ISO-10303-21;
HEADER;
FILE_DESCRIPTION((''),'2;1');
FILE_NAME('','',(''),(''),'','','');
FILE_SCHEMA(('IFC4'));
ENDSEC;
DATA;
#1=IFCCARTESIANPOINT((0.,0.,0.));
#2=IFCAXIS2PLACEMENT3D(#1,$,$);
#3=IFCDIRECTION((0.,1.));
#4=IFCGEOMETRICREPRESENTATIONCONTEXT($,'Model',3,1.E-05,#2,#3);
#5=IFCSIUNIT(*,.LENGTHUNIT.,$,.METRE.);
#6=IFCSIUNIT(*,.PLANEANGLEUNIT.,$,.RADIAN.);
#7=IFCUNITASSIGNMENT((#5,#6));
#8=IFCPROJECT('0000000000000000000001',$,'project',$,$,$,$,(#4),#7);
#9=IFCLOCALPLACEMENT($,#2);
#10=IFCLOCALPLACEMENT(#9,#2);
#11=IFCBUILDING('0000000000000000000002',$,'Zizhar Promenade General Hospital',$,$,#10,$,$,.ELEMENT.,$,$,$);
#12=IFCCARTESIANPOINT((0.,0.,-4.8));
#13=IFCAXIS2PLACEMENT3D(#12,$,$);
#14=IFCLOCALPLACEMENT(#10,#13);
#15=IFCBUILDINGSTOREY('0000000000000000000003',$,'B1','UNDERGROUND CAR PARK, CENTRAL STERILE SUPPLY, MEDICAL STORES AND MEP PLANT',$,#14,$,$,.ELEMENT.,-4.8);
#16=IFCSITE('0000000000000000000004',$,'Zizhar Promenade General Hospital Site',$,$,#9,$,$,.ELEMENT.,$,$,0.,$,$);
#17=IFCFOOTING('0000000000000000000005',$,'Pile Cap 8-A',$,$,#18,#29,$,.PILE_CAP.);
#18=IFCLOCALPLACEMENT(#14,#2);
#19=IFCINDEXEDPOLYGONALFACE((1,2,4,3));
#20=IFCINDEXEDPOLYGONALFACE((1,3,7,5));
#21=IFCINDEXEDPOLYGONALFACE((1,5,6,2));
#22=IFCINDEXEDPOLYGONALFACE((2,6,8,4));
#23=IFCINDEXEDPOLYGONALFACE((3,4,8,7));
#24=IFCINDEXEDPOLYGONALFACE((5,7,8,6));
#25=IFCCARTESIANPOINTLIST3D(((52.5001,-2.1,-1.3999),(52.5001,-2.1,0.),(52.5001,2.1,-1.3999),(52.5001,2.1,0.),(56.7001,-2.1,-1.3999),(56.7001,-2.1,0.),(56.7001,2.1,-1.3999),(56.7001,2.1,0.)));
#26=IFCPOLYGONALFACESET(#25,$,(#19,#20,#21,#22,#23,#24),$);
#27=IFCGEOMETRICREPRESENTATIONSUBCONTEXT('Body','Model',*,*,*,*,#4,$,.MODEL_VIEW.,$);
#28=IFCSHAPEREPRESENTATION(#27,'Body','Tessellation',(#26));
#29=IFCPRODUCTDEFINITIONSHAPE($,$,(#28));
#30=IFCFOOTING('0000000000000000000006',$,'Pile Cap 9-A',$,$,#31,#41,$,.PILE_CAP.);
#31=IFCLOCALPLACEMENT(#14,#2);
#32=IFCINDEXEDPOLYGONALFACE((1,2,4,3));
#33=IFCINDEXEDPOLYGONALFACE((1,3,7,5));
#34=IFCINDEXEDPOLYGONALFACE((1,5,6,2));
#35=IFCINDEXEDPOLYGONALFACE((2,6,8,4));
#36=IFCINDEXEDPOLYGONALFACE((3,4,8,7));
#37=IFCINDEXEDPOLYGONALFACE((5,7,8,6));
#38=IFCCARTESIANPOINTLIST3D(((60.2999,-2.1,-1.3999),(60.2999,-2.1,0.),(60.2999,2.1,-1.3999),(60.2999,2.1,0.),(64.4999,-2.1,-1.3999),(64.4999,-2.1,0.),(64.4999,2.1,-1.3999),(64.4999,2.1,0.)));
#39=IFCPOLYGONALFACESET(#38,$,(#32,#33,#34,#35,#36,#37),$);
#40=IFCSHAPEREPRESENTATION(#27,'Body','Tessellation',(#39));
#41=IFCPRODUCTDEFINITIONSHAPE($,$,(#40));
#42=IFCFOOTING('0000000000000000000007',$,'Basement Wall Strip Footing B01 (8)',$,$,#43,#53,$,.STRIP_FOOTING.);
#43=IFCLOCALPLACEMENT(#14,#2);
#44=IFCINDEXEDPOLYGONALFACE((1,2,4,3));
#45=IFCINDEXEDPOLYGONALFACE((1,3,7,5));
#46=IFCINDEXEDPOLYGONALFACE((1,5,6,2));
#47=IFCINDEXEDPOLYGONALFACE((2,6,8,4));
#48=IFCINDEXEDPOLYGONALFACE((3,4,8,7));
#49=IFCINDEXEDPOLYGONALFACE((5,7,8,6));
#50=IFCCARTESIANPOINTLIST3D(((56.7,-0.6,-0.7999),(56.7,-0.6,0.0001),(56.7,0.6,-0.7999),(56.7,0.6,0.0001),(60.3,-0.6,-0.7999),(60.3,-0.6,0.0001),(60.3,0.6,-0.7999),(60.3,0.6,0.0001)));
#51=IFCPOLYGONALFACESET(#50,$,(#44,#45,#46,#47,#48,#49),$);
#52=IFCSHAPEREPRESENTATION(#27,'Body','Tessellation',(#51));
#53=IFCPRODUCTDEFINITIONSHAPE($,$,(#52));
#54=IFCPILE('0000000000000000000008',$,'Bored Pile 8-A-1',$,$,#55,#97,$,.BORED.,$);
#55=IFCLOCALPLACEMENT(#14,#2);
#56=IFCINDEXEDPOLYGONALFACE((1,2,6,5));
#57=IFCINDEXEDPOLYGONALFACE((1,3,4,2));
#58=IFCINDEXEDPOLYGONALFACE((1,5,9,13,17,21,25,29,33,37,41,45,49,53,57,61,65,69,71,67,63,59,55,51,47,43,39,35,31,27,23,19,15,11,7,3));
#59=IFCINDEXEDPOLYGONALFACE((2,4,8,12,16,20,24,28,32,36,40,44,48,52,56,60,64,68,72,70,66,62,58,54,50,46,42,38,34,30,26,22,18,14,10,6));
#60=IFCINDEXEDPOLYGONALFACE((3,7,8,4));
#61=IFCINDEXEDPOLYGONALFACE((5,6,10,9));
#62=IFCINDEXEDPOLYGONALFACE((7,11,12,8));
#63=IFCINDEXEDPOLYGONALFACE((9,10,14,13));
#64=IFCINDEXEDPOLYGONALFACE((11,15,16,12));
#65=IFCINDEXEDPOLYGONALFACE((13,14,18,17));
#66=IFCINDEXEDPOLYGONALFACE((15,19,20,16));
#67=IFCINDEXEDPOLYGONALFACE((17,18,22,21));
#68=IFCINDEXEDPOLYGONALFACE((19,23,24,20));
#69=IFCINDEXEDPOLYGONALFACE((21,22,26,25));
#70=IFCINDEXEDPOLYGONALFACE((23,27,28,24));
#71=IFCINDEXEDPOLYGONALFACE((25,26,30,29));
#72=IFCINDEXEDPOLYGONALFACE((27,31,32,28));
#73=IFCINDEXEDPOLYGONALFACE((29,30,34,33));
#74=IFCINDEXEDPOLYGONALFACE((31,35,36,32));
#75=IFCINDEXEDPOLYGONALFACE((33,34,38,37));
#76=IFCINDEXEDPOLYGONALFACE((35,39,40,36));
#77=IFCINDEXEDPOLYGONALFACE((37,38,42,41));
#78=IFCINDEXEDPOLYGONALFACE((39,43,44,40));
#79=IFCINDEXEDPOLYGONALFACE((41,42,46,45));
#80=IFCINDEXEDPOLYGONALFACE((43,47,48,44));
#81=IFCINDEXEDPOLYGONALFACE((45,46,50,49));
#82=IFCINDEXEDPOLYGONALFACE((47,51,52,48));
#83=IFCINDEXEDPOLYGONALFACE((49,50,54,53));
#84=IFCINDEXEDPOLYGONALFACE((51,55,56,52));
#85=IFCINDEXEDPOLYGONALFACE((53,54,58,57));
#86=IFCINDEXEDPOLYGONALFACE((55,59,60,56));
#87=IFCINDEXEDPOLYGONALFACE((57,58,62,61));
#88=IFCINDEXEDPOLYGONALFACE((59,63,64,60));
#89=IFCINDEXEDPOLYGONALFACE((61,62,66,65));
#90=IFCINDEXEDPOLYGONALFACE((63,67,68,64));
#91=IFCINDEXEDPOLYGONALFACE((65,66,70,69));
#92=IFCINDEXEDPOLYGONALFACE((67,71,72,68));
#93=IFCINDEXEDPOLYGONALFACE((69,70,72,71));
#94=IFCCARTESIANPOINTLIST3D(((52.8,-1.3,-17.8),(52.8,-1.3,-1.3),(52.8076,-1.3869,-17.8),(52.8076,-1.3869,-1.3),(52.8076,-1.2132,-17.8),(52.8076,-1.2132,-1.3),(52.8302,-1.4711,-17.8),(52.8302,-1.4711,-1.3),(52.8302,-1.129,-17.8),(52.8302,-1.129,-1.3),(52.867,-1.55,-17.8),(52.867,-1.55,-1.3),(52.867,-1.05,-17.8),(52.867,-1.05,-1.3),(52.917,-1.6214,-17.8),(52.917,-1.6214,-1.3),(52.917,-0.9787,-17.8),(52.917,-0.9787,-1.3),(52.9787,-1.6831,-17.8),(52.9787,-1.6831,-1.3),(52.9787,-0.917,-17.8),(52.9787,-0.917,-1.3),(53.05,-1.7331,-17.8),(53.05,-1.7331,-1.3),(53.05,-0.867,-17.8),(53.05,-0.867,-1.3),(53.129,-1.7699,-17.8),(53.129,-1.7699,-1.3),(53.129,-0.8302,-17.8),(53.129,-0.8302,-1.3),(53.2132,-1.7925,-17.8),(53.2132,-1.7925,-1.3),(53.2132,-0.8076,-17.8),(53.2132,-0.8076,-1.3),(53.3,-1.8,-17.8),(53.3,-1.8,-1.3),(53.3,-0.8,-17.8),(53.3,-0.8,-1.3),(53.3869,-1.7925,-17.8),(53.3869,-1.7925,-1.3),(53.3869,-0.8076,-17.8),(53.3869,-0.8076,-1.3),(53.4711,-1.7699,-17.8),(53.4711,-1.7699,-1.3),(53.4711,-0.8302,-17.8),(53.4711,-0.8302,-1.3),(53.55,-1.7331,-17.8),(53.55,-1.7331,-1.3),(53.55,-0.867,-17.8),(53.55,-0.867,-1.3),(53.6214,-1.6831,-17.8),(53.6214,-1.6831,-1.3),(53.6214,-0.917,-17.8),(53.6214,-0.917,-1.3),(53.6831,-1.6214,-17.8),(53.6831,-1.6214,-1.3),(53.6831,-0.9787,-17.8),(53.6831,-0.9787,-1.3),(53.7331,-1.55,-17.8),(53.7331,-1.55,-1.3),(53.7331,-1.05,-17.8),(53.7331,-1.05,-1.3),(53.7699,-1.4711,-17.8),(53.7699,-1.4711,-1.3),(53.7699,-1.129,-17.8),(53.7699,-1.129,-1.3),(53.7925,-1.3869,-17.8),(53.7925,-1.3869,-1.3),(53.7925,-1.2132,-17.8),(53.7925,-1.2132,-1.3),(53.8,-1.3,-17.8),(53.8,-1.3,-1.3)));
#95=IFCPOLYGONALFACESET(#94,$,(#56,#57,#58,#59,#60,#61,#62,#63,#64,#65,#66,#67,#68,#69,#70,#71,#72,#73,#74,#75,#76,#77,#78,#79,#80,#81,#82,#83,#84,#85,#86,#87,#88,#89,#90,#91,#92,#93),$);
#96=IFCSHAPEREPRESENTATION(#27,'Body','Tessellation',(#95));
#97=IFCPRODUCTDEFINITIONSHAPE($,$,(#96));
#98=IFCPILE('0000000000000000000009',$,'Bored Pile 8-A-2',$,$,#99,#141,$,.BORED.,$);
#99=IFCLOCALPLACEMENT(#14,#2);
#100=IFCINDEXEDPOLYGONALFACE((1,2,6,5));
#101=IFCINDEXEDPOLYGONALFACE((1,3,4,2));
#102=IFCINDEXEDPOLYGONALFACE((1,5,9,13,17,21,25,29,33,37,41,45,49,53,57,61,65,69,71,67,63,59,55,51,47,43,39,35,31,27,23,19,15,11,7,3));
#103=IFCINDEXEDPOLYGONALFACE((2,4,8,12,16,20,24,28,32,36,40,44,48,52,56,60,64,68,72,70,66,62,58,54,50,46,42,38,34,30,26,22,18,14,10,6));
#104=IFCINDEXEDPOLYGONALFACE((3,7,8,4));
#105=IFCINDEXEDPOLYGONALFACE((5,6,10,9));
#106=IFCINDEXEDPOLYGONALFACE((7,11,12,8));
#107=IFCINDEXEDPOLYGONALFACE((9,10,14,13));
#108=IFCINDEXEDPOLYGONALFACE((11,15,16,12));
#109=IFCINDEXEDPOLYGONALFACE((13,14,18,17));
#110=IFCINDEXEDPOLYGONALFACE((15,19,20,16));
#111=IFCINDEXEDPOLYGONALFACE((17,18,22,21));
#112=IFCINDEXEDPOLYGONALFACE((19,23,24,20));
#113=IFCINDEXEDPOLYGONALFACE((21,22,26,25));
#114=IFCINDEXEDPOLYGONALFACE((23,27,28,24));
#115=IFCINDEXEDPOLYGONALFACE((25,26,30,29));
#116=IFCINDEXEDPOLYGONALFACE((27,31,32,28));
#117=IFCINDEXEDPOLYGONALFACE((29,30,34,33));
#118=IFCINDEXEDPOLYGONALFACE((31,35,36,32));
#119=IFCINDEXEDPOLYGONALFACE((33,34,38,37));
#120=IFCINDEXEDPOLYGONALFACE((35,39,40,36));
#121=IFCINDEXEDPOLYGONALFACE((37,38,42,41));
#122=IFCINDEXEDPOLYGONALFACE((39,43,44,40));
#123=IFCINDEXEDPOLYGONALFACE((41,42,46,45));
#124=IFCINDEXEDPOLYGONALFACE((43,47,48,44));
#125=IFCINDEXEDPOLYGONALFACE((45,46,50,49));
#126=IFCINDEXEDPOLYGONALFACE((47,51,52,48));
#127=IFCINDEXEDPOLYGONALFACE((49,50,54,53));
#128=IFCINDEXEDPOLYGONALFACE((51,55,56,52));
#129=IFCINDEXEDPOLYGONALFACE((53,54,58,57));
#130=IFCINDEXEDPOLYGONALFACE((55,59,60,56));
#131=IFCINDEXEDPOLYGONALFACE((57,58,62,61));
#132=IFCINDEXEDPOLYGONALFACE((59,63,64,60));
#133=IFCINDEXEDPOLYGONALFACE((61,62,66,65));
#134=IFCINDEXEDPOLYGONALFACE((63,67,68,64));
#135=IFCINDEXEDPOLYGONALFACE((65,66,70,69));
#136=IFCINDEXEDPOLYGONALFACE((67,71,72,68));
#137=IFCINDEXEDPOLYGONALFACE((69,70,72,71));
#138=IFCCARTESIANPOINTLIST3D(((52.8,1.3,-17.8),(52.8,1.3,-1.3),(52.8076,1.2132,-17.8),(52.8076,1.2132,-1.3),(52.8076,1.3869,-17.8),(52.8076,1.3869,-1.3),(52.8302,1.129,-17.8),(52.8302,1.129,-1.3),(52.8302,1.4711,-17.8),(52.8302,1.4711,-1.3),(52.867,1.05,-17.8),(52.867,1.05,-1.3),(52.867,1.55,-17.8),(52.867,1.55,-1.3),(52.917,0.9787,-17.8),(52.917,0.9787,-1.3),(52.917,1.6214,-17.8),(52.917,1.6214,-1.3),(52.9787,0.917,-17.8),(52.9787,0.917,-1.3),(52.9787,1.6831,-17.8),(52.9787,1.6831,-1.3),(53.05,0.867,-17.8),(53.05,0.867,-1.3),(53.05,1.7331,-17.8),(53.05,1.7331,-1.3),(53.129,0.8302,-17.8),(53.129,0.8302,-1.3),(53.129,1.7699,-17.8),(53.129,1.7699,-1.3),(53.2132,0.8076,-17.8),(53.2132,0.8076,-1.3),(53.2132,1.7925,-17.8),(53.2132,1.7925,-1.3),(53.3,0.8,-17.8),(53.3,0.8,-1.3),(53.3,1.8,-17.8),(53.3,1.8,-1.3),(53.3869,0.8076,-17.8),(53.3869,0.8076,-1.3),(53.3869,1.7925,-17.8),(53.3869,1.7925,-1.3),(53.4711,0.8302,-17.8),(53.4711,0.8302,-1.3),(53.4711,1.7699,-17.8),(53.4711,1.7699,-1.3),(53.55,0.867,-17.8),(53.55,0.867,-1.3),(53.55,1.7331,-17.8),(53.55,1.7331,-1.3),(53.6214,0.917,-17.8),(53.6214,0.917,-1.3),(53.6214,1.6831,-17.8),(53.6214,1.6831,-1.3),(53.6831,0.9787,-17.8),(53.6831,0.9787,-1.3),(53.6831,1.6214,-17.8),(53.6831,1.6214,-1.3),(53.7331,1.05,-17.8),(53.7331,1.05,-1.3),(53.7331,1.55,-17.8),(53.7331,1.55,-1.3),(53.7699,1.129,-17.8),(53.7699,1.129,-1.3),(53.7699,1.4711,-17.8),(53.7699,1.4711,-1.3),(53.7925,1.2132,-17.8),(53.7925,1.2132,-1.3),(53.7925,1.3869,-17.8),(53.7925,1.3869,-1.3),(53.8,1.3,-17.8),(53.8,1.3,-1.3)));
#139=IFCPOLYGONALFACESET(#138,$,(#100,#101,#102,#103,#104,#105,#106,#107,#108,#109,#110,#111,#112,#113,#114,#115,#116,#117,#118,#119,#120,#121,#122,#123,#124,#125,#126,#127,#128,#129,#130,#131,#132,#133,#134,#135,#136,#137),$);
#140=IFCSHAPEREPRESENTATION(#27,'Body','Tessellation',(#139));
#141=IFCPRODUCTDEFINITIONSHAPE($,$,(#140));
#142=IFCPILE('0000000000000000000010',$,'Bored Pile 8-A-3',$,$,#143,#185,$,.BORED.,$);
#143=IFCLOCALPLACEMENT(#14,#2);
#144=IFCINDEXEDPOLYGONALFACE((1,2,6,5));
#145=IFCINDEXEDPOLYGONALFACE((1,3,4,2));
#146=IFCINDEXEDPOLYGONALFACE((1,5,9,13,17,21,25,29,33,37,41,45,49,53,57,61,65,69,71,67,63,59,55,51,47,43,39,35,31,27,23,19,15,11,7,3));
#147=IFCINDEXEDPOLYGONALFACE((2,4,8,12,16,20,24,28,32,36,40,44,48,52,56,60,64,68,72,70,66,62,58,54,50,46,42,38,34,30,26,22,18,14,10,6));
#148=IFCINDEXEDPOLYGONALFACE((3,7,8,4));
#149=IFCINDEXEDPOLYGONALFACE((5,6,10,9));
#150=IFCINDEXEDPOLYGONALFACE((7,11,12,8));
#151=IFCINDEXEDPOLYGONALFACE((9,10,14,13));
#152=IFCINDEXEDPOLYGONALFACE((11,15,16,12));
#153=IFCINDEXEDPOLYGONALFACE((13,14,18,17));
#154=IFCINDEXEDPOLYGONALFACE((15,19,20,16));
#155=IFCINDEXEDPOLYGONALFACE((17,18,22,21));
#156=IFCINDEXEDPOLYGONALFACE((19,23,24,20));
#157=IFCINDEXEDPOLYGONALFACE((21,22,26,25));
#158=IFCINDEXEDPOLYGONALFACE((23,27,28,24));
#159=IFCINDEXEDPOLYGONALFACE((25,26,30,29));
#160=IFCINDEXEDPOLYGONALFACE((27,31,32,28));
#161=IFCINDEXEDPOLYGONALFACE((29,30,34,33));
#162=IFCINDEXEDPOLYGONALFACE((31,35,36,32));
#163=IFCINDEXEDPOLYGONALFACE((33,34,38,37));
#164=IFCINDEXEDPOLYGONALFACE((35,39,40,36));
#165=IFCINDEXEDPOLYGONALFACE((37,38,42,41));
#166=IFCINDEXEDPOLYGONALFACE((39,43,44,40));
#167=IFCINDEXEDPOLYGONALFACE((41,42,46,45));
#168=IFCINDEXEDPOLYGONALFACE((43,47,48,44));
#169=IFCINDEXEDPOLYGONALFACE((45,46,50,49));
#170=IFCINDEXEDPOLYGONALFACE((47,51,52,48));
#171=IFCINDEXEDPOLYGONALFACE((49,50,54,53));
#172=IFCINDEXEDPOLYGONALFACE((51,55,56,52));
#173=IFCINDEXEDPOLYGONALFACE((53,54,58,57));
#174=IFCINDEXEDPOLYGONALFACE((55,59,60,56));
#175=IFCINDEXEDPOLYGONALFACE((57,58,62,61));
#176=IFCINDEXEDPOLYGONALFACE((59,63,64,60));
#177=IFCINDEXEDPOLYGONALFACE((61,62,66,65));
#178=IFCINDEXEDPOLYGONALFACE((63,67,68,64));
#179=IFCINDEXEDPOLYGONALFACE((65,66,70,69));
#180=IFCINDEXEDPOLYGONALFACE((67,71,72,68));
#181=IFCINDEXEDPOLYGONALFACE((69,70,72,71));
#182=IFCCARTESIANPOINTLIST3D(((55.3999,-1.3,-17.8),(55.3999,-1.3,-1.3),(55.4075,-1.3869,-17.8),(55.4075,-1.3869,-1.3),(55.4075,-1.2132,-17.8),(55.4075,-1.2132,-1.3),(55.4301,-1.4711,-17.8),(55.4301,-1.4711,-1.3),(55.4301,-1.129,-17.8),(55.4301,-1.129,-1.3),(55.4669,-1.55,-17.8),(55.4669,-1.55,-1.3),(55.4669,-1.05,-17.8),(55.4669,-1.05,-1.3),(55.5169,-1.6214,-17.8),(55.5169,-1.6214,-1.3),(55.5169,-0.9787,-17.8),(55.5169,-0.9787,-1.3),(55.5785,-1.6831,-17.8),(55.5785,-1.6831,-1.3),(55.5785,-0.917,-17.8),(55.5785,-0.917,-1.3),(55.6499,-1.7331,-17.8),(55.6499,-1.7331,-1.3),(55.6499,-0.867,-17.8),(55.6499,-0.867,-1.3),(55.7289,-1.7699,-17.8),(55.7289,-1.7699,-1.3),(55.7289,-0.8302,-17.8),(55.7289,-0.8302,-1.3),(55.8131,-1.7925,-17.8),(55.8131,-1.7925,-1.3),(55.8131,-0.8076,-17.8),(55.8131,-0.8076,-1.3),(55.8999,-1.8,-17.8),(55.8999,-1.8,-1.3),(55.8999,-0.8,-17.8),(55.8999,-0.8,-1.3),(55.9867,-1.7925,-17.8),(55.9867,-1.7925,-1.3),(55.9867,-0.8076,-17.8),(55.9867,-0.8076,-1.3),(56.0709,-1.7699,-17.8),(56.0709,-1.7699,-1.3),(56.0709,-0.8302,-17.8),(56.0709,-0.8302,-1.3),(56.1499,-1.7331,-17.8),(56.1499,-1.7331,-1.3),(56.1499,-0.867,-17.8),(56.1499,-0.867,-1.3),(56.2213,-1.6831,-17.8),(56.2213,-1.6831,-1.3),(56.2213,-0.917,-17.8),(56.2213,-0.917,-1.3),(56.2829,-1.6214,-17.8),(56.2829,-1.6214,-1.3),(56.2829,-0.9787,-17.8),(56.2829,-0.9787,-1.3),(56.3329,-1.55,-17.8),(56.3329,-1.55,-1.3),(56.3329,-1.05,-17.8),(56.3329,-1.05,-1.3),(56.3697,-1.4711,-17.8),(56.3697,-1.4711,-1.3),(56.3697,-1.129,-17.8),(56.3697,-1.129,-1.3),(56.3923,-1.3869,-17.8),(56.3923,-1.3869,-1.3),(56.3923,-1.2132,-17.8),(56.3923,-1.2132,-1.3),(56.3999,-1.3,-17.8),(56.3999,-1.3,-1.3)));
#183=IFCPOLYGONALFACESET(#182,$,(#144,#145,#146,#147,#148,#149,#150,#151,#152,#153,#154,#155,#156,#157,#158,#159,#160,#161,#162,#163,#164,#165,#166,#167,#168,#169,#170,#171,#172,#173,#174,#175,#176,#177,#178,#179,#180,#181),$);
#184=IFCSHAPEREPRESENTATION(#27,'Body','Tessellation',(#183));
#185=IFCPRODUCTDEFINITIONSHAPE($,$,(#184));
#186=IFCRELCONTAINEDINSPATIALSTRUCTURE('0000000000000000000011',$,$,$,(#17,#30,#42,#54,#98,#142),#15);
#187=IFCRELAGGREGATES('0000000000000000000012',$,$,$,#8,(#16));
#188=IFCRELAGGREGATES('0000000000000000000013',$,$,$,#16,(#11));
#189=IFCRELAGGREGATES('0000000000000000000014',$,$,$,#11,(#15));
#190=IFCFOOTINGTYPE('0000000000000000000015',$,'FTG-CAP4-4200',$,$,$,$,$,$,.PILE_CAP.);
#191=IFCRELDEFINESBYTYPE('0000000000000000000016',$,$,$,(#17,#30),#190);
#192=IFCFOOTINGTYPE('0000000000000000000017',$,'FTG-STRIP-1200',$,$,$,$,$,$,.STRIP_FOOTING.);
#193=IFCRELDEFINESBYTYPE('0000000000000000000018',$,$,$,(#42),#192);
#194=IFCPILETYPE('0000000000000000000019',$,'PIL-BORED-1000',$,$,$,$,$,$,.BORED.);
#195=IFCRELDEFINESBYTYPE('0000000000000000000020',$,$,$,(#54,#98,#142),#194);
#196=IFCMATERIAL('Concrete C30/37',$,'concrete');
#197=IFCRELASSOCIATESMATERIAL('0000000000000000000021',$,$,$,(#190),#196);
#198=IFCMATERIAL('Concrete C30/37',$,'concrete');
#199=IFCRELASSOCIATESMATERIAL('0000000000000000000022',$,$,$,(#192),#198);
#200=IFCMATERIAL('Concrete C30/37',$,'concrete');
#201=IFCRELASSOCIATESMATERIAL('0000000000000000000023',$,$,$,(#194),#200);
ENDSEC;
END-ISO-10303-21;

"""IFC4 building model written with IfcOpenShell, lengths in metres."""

from ifc_helpers import new_model, si_unit, direction, frame, origin, origin_2d, place, context, subcontext, project, spatial, rectangle, circle, extrude, material, material_profile, profile_set, type_object, element, save


model = new_model("IFC4")

# Units and contexts
model_context = context("Model", 3, precision=1e-05, world=origin(), true_north=direction((0.0, 1.0)))
body_context = subcontext(model_context, "Body", "Model", "MODEL_VIEW")
ifc_project = project(units=[si_unit("LENGTHUNIT", "METRE"), si_unit("PLANEANGLEUNIT", "RADIAN")], contexts=[model_context])

# Site, building, storey
site_placement = place(None, origin())
site = spatial("IfcSite", under=ifc_project, at=site_placement, Name="Zizhar Promenade General Hospital Site", CompositionType="ELEMENT", RefElevation=0.0)
building_placement = place(site_placement, origin())
building = spatial("IfcBuilding", under=site, at=building_placement, Name="Zizhar Promenade General Hospital", CompositionType="ELEMENT")
storey_placement = place(building_placement, frame((0.0, 0.0, -4.8)))
storey = spatial("IfcBuildingStorey", under=building, at=storey_placement, Name="B1", Description="UNDERGROUND CAR PARK, CENTRAL STERILE SUPPLY, MEDICAL STORES AND MEP PLANT", CompositionType="ELEMENT", Elevation=-4.8)

# Footings
ifc_material_1 = material(Name="Concrete C30/37", Category="concrete")
footing_type_1 = type_object("IfcFootingType", Name="FTG-CAP4-4200", PredefinedType="PILE_CAP", material=ifc_material_1)
for number, where, z_axis, x_axis, name in (
    (1, (54.6001, 0.0, -1.3999), (0.0, 0.0, 1.0), (1.0, 0.0, 0.0), "Pile Cap 8-A"),
    (2, (62.3999, 0.0, -1.3999), (0.0, 0.0, 1.0), (1.0, 0.0, 0.0), "Pile Cap 9-A"),
):
    element("IfcFooting", number, at=place(storey_placement, frame(where, z_axis=z_axis, x_axis=x_axis)), inside=storey, type_object=footing_type_1, Name=name, PredefinedType="PILE_CAP", context=body_context, shape_type="SweptSolid", body=[
        extrude(rectangle(XDim=4.2, YDim=4.2, at=origin_2d()), origin(), (0.0, 0.0, 1.0), 1.3999),
    ])
ifc_material_2 = material(Name="Concrete C30/37", Category="concrete")
ifc_material_profile_1 = material_profile(ifc_material_2, rectangle(XDim=1.2, YDim=0.8, at=origin_2d()))
ifc_profile_set_1 = profile_set([ifc_material_profile_1], Name="Concrete C30/37")
footing_type_2 = type_object("IfcFootingType", Name="FTG-STRIP-1200", PredefinedType="STRIP_FOOTING", material=ifc_profile_set_1)
footing_placement = place(storey_placement, frame((56.7, 0.0, -0.3999), z_axis=(1.0, 0.0, 0.0), x_axis=(0.0, 1.0, 0.0)))
element("IfcFooting", 3, at=footing_placement, inside=storey, type_object=footing_type_2, Name="Basement Wall Strip Footing B01 (8)", PredefinedType="STRIP_FOOTING", context=body_context, shape_type="SweptSolid", body=[
    extrude(rectangle(XDim=1.2, YDim=0.8, at=origin_2d()), origin(), (0.0, 0.0, 1.0), 3.6001),
])

# Piles
ifc_material_3 = material(Name="Concrete C30/37", Category="concrete")
ifc_material_profile_2 = material_profile(ifc_material_3, circle(Radius=0.5, at=origin_2d()))
ifc_profile_set_2 = profile_set([ifc_material_profile_2], Name="Concrete C30/37")
pile_type = type_object("IfcPileType", Name="PIL-BORED-1000", PredefinedType="BORED", material=ifc_profile_set_2)
for number, where, z_axis, x_axis, name in (
    (4, (53.3, -1.3, -1.3), (0.0, 0.0, -1.0), (1.0, 0.0, 0.0), "Bored Pile 8-A-1"),
    (5, (53.3, 1.3, -1.3), (0.0, 0.0, -1.0), (1.0, 0.0, 0.0), "Bored Pile 8-A-2"),
    (6, (55.8999, -1.3, -1.3), (0.0, 0.0, -1.0), (1.0, 0.0, 0.0), "Bored Pile 8-A-3"),
):
    element("IfcPile", number, at=place(storey_placement, frame(where, z_axis=z_axis, x_axis=x_axis)), inside=storey, type_object=pile_type, Name=name, PredefinedType="BORED", context=body_context, shape_type="SweptSolid", body=[
        extrude(circle(Radius=0.5, at=origin_2d()), origin(), (0.0, 0.0, 1.0), 16.5),
    ])

save(model, "model.ifc")
